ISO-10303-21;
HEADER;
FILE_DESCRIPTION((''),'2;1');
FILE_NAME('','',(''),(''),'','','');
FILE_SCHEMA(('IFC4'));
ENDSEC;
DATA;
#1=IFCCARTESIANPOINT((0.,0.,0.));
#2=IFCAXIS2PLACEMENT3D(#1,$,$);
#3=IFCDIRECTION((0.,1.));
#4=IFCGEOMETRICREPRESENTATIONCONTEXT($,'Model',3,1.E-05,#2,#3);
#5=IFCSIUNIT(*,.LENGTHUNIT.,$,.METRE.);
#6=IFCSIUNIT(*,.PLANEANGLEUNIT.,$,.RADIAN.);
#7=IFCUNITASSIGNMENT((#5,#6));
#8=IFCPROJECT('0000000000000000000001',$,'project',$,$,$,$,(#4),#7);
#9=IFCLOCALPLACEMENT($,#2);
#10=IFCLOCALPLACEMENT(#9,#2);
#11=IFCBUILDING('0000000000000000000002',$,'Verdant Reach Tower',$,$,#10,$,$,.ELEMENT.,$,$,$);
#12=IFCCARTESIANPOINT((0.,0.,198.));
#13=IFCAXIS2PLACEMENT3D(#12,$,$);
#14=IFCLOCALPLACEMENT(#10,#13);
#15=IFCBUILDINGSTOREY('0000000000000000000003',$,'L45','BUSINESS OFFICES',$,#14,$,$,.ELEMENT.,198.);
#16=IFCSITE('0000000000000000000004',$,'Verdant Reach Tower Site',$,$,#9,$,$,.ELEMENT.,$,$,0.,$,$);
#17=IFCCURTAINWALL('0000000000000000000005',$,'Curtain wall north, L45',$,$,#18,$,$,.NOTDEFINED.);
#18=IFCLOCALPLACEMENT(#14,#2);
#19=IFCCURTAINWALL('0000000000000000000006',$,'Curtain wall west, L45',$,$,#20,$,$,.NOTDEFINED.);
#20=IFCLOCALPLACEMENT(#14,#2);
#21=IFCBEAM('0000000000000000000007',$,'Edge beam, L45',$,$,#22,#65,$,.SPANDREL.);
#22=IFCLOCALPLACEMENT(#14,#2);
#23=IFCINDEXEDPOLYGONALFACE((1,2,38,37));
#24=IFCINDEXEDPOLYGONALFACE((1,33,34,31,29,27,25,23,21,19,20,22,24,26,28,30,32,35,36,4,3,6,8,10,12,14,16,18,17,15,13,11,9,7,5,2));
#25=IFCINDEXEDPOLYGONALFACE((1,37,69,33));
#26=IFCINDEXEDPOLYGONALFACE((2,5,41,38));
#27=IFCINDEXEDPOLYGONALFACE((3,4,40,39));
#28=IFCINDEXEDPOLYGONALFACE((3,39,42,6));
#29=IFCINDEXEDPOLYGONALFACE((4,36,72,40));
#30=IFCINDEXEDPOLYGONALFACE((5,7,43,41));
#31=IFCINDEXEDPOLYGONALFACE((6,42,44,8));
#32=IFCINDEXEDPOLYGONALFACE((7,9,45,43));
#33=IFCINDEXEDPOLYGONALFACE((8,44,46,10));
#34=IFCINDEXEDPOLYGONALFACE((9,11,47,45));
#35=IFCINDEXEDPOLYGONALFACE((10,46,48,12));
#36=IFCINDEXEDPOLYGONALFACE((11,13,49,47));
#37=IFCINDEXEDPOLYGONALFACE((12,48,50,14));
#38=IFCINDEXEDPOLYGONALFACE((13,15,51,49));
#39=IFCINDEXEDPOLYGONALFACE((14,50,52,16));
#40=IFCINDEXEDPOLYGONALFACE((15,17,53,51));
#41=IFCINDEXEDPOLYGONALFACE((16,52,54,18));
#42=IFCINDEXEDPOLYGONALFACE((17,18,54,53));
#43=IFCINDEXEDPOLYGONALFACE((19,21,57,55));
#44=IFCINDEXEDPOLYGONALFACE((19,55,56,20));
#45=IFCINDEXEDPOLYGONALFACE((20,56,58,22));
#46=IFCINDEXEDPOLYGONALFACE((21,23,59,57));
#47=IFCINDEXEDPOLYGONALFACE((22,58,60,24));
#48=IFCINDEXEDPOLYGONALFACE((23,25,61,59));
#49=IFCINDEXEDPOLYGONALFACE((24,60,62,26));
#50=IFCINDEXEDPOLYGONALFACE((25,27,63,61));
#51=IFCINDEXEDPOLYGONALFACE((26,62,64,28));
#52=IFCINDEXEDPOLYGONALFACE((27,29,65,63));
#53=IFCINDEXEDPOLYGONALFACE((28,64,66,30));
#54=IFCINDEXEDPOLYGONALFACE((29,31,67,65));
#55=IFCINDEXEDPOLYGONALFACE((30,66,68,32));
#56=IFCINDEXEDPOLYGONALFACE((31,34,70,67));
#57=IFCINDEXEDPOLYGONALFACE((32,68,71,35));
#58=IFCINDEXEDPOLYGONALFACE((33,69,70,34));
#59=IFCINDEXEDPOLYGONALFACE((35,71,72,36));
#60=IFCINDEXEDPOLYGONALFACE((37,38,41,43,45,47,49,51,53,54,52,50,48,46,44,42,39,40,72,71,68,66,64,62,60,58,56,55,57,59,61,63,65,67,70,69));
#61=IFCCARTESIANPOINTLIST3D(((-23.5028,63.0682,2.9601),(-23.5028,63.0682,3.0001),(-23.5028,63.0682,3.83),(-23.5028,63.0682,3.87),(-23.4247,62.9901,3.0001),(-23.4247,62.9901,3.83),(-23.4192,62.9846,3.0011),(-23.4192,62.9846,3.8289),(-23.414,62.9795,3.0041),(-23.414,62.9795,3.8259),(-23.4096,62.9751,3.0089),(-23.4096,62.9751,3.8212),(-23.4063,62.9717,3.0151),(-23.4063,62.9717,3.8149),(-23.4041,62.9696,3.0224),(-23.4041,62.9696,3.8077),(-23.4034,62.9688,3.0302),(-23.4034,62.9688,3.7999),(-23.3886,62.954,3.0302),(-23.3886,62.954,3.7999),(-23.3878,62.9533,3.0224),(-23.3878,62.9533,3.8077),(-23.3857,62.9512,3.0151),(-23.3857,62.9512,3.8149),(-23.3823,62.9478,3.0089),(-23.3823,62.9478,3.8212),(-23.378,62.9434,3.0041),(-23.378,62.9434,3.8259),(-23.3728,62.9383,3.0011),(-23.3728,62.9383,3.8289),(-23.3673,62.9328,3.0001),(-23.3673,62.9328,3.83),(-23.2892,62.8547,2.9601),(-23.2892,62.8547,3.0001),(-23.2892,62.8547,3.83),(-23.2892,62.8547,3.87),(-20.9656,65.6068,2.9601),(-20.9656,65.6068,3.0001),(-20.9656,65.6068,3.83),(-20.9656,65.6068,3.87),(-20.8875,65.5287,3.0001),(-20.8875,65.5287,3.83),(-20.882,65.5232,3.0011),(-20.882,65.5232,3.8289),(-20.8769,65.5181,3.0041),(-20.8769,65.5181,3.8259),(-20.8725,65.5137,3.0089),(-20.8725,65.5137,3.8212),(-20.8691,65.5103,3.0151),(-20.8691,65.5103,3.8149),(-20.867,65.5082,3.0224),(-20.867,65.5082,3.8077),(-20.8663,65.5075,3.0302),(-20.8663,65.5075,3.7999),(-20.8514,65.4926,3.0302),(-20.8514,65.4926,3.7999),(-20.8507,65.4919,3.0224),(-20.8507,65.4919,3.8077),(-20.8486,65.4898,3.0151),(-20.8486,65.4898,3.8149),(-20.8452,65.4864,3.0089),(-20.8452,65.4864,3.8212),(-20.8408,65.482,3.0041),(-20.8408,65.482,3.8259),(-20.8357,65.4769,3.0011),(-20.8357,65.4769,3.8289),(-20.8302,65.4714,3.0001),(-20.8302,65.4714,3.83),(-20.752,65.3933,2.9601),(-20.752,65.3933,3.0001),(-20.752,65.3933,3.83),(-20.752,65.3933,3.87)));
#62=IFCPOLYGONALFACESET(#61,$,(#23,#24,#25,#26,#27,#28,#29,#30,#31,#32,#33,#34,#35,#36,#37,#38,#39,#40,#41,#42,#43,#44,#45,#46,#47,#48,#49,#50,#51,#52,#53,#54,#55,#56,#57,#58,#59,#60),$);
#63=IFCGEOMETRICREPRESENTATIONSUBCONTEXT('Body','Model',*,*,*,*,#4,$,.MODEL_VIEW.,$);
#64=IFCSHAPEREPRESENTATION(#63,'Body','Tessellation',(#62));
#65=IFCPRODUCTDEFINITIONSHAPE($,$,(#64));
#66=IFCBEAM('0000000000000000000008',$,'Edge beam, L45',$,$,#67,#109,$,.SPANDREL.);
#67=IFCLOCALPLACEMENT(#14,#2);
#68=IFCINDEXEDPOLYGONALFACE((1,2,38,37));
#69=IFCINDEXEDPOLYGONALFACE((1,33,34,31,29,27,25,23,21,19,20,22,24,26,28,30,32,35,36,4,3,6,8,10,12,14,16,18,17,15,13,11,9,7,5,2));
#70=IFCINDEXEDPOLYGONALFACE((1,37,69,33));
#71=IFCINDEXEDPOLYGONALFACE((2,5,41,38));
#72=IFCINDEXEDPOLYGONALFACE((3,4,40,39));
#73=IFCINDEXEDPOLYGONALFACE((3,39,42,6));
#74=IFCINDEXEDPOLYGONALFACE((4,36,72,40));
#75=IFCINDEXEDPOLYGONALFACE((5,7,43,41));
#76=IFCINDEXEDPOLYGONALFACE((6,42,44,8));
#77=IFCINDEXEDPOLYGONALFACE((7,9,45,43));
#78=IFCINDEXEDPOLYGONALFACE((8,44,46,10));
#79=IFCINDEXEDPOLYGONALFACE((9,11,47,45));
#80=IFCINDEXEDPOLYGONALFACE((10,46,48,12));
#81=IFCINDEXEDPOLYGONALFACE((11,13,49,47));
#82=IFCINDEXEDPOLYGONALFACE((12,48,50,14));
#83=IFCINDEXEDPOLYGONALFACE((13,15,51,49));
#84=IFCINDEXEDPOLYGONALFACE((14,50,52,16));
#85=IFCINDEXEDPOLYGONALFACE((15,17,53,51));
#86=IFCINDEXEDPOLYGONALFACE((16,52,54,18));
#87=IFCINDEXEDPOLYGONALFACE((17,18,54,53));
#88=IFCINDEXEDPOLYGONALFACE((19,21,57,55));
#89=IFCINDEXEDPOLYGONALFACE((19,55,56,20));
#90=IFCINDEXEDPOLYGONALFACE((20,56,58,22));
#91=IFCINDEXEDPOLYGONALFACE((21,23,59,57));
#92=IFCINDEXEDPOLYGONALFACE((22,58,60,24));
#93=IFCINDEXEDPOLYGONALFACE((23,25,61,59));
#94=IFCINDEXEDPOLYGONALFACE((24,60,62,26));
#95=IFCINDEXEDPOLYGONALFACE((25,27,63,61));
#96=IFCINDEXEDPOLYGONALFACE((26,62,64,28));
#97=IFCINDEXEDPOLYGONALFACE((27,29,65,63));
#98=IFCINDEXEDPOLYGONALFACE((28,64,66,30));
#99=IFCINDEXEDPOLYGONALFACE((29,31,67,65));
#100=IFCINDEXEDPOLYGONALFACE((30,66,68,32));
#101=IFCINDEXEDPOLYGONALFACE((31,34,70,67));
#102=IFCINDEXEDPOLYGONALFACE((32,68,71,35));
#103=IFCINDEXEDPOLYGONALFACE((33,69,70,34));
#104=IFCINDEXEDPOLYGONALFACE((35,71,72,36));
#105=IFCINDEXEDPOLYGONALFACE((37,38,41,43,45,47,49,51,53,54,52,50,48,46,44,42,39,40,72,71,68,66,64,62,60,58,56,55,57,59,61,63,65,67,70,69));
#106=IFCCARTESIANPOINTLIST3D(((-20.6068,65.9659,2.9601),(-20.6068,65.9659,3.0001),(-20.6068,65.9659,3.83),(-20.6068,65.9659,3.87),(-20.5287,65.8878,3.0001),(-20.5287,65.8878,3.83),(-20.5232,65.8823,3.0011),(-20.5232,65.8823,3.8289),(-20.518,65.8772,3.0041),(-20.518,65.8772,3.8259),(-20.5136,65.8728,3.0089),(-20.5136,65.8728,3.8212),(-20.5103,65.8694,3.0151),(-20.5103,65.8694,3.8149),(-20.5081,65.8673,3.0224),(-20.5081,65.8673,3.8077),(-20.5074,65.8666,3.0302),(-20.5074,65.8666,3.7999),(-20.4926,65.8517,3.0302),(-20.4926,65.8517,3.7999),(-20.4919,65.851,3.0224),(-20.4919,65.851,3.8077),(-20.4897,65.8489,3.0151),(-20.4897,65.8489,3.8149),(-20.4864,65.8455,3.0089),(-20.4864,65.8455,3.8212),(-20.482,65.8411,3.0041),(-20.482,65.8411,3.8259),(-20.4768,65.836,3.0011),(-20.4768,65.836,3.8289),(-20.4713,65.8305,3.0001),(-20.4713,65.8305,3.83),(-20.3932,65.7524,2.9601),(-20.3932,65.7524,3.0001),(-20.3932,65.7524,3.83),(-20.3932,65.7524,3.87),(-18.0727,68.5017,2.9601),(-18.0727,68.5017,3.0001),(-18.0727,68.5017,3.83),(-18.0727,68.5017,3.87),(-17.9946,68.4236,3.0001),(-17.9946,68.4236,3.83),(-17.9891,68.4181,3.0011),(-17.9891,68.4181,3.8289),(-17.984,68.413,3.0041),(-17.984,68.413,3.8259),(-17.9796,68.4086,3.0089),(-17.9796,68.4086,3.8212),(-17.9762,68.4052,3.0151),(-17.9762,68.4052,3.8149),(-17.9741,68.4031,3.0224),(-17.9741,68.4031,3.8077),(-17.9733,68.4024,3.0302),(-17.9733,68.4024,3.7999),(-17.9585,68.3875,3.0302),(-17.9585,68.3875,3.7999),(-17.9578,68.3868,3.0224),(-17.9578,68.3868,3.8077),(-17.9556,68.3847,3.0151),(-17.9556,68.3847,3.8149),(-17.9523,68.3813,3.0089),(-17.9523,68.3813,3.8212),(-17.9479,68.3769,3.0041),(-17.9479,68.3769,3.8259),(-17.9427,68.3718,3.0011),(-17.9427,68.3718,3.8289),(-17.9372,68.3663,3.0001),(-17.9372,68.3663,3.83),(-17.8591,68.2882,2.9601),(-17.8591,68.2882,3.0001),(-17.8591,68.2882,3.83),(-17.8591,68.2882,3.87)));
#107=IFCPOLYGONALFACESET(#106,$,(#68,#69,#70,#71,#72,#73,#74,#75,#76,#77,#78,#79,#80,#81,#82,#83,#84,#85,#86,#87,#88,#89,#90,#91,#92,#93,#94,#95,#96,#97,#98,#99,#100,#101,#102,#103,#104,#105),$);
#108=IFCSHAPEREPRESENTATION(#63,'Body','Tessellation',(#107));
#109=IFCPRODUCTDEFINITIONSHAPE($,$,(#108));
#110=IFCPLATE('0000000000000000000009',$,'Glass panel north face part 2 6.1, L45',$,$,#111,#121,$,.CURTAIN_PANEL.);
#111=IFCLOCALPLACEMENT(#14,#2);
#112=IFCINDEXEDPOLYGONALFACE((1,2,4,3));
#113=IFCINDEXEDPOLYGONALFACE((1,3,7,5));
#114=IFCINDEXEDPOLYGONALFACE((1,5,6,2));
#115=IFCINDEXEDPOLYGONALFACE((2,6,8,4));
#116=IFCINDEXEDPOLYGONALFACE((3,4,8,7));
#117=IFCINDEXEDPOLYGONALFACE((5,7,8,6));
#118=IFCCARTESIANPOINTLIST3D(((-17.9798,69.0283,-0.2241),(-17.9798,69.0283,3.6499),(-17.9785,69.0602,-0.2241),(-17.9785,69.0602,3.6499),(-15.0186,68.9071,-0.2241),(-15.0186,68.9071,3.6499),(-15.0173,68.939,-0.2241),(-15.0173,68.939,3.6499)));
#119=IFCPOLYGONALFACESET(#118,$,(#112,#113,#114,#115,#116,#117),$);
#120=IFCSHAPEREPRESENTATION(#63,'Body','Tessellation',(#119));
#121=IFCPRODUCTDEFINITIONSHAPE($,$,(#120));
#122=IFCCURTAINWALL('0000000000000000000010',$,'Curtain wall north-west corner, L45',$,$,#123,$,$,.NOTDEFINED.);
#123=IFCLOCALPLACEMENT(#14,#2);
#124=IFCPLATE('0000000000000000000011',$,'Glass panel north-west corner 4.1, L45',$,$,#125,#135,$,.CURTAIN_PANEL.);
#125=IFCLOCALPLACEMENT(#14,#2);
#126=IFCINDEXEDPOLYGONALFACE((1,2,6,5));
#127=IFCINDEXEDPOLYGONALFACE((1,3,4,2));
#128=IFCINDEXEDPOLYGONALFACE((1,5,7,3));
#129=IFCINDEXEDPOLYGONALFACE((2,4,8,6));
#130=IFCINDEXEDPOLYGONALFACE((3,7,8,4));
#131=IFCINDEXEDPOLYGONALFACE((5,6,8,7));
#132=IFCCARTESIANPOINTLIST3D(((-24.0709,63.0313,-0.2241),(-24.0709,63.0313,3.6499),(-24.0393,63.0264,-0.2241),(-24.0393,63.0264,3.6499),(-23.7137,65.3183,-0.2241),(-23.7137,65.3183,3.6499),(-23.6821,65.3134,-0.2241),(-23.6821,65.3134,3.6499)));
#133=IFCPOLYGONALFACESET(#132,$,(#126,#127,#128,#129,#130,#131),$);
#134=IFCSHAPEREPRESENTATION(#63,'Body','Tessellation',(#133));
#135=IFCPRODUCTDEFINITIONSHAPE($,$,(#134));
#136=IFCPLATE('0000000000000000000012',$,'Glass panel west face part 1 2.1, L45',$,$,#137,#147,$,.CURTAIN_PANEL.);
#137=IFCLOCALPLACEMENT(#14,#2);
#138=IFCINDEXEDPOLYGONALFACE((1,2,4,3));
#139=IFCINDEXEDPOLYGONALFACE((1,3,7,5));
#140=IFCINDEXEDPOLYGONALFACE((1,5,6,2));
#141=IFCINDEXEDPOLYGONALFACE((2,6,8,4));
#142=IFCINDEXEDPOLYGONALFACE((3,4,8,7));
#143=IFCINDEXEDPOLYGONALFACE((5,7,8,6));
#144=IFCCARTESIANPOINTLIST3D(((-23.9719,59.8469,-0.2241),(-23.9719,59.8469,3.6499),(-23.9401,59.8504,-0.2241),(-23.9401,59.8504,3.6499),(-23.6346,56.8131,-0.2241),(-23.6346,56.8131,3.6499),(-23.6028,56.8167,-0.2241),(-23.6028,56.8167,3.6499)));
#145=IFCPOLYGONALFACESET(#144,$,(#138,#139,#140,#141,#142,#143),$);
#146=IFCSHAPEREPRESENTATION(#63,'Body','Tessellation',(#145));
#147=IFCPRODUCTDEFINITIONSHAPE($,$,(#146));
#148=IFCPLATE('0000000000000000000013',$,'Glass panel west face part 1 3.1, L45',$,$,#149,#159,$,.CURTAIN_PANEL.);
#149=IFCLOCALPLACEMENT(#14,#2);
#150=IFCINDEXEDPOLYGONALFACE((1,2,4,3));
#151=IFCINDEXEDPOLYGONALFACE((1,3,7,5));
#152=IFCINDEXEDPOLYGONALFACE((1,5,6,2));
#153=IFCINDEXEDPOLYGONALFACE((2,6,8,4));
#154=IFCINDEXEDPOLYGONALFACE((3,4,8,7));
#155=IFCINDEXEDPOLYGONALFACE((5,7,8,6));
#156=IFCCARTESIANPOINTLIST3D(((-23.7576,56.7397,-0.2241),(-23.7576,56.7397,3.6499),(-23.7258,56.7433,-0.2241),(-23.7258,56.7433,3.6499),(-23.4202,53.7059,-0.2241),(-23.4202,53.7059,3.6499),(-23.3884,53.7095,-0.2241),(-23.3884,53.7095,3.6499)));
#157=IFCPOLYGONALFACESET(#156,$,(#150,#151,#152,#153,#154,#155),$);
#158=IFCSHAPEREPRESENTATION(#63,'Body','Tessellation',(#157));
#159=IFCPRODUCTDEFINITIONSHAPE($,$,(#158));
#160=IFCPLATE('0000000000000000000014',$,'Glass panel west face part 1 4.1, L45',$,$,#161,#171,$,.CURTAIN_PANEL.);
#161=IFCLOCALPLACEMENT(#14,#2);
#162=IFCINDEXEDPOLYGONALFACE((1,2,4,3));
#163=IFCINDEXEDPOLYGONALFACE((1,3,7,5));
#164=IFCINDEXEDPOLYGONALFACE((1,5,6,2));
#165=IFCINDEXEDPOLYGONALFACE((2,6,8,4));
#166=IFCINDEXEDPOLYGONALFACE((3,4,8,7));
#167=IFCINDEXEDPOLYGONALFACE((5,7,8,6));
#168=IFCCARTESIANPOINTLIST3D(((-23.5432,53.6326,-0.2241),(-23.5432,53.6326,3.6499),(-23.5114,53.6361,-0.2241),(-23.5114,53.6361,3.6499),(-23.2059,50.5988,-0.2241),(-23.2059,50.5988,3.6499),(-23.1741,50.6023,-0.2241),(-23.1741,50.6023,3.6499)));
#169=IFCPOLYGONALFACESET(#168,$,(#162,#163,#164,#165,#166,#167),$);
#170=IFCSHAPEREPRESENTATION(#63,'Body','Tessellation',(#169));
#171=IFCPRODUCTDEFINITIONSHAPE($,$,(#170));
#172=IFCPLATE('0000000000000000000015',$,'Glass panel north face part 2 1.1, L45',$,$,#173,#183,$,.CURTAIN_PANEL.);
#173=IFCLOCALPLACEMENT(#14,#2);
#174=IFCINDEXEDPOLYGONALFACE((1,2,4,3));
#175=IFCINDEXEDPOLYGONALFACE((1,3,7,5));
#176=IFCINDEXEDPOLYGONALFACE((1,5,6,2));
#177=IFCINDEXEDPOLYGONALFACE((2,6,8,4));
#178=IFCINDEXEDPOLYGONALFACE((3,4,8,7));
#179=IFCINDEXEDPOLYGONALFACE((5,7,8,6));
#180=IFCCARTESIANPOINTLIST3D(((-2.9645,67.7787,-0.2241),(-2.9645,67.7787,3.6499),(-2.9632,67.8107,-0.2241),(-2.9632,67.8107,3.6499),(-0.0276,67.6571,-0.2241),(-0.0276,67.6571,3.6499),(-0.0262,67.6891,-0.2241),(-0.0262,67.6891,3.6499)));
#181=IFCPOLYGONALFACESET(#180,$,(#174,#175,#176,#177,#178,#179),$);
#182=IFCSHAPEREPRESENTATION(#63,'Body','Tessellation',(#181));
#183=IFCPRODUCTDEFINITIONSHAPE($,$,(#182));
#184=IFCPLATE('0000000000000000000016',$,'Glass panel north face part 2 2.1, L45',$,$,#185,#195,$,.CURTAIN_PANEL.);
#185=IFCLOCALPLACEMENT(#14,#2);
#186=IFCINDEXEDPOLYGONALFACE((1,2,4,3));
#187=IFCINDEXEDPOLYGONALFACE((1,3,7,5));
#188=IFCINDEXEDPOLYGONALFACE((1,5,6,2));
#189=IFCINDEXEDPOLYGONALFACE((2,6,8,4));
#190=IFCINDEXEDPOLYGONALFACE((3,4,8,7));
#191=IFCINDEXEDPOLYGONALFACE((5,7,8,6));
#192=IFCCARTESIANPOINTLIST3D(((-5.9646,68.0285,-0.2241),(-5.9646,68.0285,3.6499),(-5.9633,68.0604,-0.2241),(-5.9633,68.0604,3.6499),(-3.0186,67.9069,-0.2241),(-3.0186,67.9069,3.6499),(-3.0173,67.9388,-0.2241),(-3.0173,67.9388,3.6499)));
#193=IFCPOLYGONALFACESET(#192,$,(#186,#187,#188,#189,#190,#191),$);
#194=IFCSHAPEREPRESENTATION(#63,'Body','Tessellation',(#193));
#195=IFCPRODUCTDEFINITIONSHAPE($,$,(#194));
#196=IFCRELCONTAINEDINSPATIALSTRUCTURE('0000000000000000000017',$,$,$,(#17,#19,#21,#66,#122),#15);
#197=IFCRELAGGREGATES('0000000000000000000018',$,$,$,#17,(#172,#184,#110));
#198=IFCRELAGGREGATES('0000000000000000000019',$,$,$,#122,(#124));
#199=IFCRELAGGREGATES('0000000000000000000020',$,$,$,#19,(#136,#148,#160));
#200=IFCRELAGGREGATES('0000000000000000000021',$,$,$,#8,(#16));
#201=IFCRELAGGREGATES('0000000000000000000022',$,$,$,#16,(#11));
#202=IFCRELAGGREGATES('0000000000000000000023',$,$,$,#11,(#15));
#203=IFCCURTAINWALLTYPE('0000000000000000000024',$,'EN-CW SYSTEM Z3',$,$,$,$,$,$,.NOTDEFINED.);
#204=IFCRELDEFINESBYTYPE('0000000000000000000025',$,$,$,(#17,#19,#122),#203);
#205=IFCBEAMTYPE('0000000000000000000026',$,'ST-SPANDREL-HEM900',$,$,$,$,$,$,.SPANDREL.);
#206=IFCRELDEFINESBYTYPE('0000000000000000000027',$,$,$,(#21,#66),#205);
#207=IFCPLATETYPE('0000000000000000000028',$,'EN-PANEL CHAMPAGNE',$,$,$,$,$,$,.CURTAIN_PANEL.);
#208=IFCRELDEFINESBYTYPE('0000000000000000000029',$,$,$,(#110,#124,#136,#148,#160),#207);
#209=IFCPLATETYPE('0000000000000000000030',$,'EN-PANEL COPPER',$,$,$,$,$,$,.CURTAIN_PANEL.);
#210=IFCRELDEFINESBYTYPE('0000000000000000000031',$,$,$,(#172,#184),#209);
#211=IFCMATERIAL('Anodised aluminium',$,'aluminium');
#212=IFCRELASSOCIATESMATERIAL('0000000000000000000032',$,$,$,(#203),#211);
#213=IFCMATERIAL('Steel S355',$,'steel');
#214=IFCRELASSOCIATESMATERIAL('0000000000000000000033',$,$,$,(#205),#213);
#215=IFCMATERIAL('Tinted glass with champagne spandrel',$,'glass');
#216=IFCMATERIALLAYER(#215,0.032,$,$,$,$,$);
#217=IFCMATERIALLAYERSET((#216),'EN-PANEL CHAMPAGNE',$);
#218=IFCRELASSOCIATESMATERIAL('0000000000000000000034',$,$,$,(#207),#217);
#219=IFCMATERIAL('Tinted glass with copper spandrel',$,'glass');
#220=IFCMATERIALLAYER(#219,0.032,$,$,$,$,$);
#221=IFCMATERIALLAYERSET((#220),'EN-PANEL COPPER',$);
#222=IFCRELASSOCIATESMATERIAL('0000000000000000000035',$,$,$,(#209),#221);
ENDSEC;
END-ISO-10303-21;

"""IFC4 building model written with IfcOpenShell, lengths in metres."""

from ifc_helpers import new_model, si_unit, direction, frame, origin, origin_2d, place, context, subcontext, project, spatial, rectangle, i_section, extrude, material, layer, layer_set, material_profile, profile_set, type_object, element, aggregate, save


model = new_model("IFC4")

# Units and contexts
model_context = context("Model", 3, precision=1e-05, world=origin(), true_north=direction((0.0, 1.0)))
body_context = subcontext(model_context, "Body", "Model", "MODEL_VIEW")
ifc_project = project(units=[si_unit("LENGTHUNIT", "METRE"), si_unit("PLANEANGLEUNIT", "RADIAN")], contexts=[model_context])

# Site, building, storey
site_placement = place(None, origin())
site = spatial("IfcSite", under=ifc_project, at=site_placement, Name="Verdant Reach Tower Site", CompositionType="ELEMENT", RefElevation=0.0)
building_placement = place(site_placement, origin())
building = spatial("IfcBuilding", under=site, at=building_placement, Name="Verdant Reach Tower", CompositionType="ELEMENT")
storey_placement = place(building_placement, frame((0.0, 0.0, 198.0)))
storey = spatial("IfcBuildingStorey", under=building, at=storey_placement, Name="L45", Description="BUSINESS OFFICES", CompositionType="ELEMENT", Elevation=198.0)

# Curtain walls
ifc_material_1 = material(Name="Anodised aluminium", Category="aluminium")
curtain_wall_type = type_object("IfcCurtainWallType", Name="EN-CW SYSTEM Z3", PredefinedType="NOTDEFINED", material=ifc_material_1)
curtain_wall_1_placement = place(storey_placement, origin())
curtain_wall_1 = element("IfcCurtainWall", 1, at=curtain_wall_1_placement, inside=storey, type_object=curtain_wall_type, Name="Curtain wall north, L45", PredefinedType="NOTDEFINED")
curtain_wall_2_placement = place(storey_placement, origin())
curtain_wall_2 = element("IfcCurtainWall", 2, at=curtain_wall_2_placement, inside=storey, type_object=curtain_wall_type, Name="Curtain wall west, L45", PredefinedType="NOTDEFINED")

# Beams
ifc_material_2 = material(Name="Steel S355", Category="steel")
ifc_material_profile_1 = material_profile(ifc_material_2, i_section(OverallWidth=0.302, OverallDepth=0.9099, WebThickness=0.021, FlangeThickness=0.04, FilletRadius=0.03, at=origin_2d()), Name="HEM 900")
ifc_profile_set_1 = profile_set([ifc_material_profile_1], Name="Steel S355")
beam_type_1 = type_object("IfcBeamType", Name="ST-SPANDREL-HEM900", PredefinedType="SPANDREL", material=ifc_profile_set_1)
beam_1_placement = place(storey_placement, frame((-23.396, 62.9614, 3.415), z_axis=(0.706903, 0.707311, 0.0), x_axis=(-0.707311, 0.706903, 0.0)))
element("IfcBeam", 3, at=beam_1_placement, inside=storey, type_object=beam_type_1, Name="Edge beam, L45", PredefinedType="SPANDREL", context=body_context, shape_type="SweptSolid", body=[
    extrude(i_section(OverallWidth=0.302, OverallDepth=0.9099, WebThickness=0.021, FlangeThickness=0.04, FilletRadius=0.03, at=origin_2d()), origin(), (0.0, 0.0, 1.0), 3.5891),
])
beam_2_placement = place(storey_placement, frame((-20.5, 65.8591, 3.415), z_axis=(0.706868, 0.707345, 0.0), x_axis=(-0.707345, 0.706868, 0.0)))
element("IfcBeam", 4, at=beam_2_placement, inside=storey, type_object=beam_type_1, Name="Edge beam, L45", PredefinedType="SPANDREL", context=body_context, shape_type="SweptSolid", body=[
    extrude(i_section(OverallWidth=0.302, OverallDepth=0.9099, WebThickness=0.021, FlangeThickness=0.04, FilletRadius=0.03, at=origin_2d()), origin(), (0.0, 0.0, 1.0), 3.585),
])

# Plate
ifc_material_3 = material(Name="Tinted glass with champagne spandrel", Category="glass")
ifc_layer_1 = layer(ifc_material_3, 0.032)
ifc_layer_set_1 = layer_set([ifc_layer_1], Name="EN-PANEL CHAMPAGNE")
plate_type_1 = type_object("IfcPlateType", Name="EN-PANEL CHAMPAGNE", PredefinedType="CURTAIN_PANEL", material=ifc_layer_set_1)
plate_1_placement = place(storey_placement, frame((-16.4985, 68.9836, -0.2241), z_axis=(0.0, 0.0, 1.0), x_axis=(-0.999164, 0.040891, 0.0)))
plate_1 = element("IfcPlate", 5, at=plate_1_placement, type_object=plate_type_1, Name="Glass panel north face part 2 6.1, L45", PredefinedType="CURTAIN_PANEL", context=body_context, shape_type="SweptSolid", body=[
    extrude(rectangle(XDim=2.9636, YDim=0.032, at=origin_2d()), origin(), (0.0, 0.0, 1.0), 3.874),
])

# Curtain wall, plate
curtain_wall_3_placement = place(storey_placement, origin())
curtain_wall_3 = element("IfcCurtainWall", 6, at=curtain_wall_3_placement, inside=storey, type_object=curtain_wall_type, Name="Curtain wall north-west corner, L45", PredefinedType="NOTDEFINED")
plate_2_placement = place(storey_placement, frame((-23.8765, 64.1724, -0.2241), z_axis=(0.0, 0.0, 1.0), x_axis=(-0.154312, -0.988022, 0.0)))
plate_2 = element("IfcPlate", 7, at=plate_2_placement, type_object=plate_type_1, Name="Glass panel north-west corner 4.1, L45", PredefinedType="CURTAIN_PANEL", context=body_context, shape_type="SweptSolid", body=[
    extrude(rectangle(XDim=2.3147, YDim=0.032, at=origin_2d()), origin(), (0.0, 0.0, 1.0), 3.874),
])

# Plates
plate_3_placement = place(storey_placement, frame((-23.7874, 58.3318, -0.2241), z_axis=(0.0, 0.0, 1.0), x_axis=(0.110518, -0.993874, 0.0)))
plate_3 = element("IfcPlate", 8, at=plate_3_placement, type_object=plate_type_1, Name="Glass panel west face part 1 2.1, L45", PredefinedType="CURTAIN_PANEL", context=body_context, shape_type="SweptSolid", body=[
    extrude(rectangle(XDim=3.0525, YDim=0.032, at=origin_2d()), origin(), (0.0, 0.0, 1.0), 3.874),
])
plate_4_placement = place(storey_placement, frame((-23.573, 55.2246, -0.2241), z_axis=(0.0, 0.0, 1.0), x_axis=(0.110518, -0.993874, 0.0)))
plate_4 = element("IfcPlate", 9, at=plate_4_placement, type_object=plate_type_1, Name="Glass panel west face part 1 3.1, L45", PredefinedType="CURTAIN_PANEL", context=body_context, shape_type="SweptSolid", body=[
    extrude(rectangle(XDim=3.0525, YDim=0.032, at=origin_2d()), origin(), (0.0, 0.0, 1.0), 3.874),
])
plate_5_placement = place(storey_placement, frame((-23.3586, 52.1174, -0.2241), z_axis=(0.0, 0.0, 1.0), x_axis=(0.110518, -0.993874, 0.0)))
plate_5 = element("IfcPlate", 10, at=plate_5_placement, type_object=plate_type_1, Name="Glass panel west face part 1 4.1, L45", PredefinedType="CURTAIN_PANEL", context=body_context, shape_type="SweptSolid", body=[
    extrude(rectangle(XDim=3.0525, YDim=0.032, at=origin_2d()), origin(), (0.0, 0.0, 1.0), 3.874),
])
ifc_material_4 = material(Name="Tinted glass with copper spandrel", Category="glass")
ifc_layer_2 = layer(ifc_material_4, 0.032)
ifc_layer_set_2 = layer_set([ifc_layer_2], Name="EN-PANEL COPPER")
plate_type_2 = type_object("IfcPlateType", Name="EN-PANEL COPPER", PredefinedType="CURTAIN_PANEL", material=ifc_layer_set_2)
plate_6_placement = place(storey_placement, frame((-1.4954, 67.7339, -0.2241), z_axis=(0.0, 0.0, 1.0), x_axis=(-0.999144, 0.041367, 0.0)))
plate_6 = element("IfcPlate", 11, at=plate_6_placement, type_object=plate_type_2, Name="Glass panel north face part 2 1.1, L45", PredefinedType="CURTAIN_PANEL", context=body_context, shape_type="SweptSolid", body=[
    extrude(rectangle(XDim=2.9395, YDim=0.032, at=origin_2d()), origin(), (0.0, 0.0, 1.0), 3.874),
])
plate_7_placement = place(storey_placement, frame((-4.491, 67.9836, -0.2241), z_axis=(0.0, 0.0, 1.0), x_axis=(-0.999149, 0.041242, 0.0)))
plate_7 = element("IfcPlate", 12, at=plate_7_placement, type_object=plate_type_2, Name="Glass panel north face part 2 2.1, L45", PredefinedType="CURTAIN_PANEL", context=body_context, shape_type="SweptSolid", body=[
    extrude(rectangle(XDim=2.9485, YDim=0.032, at=origin_2d()), origin(), (0.0, 0.0, 1.0), 3.874),
])
aggregate(curtain_wall_1, [plate_6, plate_7, plate_1])
aggregate(curtain_wall_3, [plate_2])
aggregate(curtain_wall_2, [plate_3, plate_4, plate_5])

save(model, "model.ifc")
